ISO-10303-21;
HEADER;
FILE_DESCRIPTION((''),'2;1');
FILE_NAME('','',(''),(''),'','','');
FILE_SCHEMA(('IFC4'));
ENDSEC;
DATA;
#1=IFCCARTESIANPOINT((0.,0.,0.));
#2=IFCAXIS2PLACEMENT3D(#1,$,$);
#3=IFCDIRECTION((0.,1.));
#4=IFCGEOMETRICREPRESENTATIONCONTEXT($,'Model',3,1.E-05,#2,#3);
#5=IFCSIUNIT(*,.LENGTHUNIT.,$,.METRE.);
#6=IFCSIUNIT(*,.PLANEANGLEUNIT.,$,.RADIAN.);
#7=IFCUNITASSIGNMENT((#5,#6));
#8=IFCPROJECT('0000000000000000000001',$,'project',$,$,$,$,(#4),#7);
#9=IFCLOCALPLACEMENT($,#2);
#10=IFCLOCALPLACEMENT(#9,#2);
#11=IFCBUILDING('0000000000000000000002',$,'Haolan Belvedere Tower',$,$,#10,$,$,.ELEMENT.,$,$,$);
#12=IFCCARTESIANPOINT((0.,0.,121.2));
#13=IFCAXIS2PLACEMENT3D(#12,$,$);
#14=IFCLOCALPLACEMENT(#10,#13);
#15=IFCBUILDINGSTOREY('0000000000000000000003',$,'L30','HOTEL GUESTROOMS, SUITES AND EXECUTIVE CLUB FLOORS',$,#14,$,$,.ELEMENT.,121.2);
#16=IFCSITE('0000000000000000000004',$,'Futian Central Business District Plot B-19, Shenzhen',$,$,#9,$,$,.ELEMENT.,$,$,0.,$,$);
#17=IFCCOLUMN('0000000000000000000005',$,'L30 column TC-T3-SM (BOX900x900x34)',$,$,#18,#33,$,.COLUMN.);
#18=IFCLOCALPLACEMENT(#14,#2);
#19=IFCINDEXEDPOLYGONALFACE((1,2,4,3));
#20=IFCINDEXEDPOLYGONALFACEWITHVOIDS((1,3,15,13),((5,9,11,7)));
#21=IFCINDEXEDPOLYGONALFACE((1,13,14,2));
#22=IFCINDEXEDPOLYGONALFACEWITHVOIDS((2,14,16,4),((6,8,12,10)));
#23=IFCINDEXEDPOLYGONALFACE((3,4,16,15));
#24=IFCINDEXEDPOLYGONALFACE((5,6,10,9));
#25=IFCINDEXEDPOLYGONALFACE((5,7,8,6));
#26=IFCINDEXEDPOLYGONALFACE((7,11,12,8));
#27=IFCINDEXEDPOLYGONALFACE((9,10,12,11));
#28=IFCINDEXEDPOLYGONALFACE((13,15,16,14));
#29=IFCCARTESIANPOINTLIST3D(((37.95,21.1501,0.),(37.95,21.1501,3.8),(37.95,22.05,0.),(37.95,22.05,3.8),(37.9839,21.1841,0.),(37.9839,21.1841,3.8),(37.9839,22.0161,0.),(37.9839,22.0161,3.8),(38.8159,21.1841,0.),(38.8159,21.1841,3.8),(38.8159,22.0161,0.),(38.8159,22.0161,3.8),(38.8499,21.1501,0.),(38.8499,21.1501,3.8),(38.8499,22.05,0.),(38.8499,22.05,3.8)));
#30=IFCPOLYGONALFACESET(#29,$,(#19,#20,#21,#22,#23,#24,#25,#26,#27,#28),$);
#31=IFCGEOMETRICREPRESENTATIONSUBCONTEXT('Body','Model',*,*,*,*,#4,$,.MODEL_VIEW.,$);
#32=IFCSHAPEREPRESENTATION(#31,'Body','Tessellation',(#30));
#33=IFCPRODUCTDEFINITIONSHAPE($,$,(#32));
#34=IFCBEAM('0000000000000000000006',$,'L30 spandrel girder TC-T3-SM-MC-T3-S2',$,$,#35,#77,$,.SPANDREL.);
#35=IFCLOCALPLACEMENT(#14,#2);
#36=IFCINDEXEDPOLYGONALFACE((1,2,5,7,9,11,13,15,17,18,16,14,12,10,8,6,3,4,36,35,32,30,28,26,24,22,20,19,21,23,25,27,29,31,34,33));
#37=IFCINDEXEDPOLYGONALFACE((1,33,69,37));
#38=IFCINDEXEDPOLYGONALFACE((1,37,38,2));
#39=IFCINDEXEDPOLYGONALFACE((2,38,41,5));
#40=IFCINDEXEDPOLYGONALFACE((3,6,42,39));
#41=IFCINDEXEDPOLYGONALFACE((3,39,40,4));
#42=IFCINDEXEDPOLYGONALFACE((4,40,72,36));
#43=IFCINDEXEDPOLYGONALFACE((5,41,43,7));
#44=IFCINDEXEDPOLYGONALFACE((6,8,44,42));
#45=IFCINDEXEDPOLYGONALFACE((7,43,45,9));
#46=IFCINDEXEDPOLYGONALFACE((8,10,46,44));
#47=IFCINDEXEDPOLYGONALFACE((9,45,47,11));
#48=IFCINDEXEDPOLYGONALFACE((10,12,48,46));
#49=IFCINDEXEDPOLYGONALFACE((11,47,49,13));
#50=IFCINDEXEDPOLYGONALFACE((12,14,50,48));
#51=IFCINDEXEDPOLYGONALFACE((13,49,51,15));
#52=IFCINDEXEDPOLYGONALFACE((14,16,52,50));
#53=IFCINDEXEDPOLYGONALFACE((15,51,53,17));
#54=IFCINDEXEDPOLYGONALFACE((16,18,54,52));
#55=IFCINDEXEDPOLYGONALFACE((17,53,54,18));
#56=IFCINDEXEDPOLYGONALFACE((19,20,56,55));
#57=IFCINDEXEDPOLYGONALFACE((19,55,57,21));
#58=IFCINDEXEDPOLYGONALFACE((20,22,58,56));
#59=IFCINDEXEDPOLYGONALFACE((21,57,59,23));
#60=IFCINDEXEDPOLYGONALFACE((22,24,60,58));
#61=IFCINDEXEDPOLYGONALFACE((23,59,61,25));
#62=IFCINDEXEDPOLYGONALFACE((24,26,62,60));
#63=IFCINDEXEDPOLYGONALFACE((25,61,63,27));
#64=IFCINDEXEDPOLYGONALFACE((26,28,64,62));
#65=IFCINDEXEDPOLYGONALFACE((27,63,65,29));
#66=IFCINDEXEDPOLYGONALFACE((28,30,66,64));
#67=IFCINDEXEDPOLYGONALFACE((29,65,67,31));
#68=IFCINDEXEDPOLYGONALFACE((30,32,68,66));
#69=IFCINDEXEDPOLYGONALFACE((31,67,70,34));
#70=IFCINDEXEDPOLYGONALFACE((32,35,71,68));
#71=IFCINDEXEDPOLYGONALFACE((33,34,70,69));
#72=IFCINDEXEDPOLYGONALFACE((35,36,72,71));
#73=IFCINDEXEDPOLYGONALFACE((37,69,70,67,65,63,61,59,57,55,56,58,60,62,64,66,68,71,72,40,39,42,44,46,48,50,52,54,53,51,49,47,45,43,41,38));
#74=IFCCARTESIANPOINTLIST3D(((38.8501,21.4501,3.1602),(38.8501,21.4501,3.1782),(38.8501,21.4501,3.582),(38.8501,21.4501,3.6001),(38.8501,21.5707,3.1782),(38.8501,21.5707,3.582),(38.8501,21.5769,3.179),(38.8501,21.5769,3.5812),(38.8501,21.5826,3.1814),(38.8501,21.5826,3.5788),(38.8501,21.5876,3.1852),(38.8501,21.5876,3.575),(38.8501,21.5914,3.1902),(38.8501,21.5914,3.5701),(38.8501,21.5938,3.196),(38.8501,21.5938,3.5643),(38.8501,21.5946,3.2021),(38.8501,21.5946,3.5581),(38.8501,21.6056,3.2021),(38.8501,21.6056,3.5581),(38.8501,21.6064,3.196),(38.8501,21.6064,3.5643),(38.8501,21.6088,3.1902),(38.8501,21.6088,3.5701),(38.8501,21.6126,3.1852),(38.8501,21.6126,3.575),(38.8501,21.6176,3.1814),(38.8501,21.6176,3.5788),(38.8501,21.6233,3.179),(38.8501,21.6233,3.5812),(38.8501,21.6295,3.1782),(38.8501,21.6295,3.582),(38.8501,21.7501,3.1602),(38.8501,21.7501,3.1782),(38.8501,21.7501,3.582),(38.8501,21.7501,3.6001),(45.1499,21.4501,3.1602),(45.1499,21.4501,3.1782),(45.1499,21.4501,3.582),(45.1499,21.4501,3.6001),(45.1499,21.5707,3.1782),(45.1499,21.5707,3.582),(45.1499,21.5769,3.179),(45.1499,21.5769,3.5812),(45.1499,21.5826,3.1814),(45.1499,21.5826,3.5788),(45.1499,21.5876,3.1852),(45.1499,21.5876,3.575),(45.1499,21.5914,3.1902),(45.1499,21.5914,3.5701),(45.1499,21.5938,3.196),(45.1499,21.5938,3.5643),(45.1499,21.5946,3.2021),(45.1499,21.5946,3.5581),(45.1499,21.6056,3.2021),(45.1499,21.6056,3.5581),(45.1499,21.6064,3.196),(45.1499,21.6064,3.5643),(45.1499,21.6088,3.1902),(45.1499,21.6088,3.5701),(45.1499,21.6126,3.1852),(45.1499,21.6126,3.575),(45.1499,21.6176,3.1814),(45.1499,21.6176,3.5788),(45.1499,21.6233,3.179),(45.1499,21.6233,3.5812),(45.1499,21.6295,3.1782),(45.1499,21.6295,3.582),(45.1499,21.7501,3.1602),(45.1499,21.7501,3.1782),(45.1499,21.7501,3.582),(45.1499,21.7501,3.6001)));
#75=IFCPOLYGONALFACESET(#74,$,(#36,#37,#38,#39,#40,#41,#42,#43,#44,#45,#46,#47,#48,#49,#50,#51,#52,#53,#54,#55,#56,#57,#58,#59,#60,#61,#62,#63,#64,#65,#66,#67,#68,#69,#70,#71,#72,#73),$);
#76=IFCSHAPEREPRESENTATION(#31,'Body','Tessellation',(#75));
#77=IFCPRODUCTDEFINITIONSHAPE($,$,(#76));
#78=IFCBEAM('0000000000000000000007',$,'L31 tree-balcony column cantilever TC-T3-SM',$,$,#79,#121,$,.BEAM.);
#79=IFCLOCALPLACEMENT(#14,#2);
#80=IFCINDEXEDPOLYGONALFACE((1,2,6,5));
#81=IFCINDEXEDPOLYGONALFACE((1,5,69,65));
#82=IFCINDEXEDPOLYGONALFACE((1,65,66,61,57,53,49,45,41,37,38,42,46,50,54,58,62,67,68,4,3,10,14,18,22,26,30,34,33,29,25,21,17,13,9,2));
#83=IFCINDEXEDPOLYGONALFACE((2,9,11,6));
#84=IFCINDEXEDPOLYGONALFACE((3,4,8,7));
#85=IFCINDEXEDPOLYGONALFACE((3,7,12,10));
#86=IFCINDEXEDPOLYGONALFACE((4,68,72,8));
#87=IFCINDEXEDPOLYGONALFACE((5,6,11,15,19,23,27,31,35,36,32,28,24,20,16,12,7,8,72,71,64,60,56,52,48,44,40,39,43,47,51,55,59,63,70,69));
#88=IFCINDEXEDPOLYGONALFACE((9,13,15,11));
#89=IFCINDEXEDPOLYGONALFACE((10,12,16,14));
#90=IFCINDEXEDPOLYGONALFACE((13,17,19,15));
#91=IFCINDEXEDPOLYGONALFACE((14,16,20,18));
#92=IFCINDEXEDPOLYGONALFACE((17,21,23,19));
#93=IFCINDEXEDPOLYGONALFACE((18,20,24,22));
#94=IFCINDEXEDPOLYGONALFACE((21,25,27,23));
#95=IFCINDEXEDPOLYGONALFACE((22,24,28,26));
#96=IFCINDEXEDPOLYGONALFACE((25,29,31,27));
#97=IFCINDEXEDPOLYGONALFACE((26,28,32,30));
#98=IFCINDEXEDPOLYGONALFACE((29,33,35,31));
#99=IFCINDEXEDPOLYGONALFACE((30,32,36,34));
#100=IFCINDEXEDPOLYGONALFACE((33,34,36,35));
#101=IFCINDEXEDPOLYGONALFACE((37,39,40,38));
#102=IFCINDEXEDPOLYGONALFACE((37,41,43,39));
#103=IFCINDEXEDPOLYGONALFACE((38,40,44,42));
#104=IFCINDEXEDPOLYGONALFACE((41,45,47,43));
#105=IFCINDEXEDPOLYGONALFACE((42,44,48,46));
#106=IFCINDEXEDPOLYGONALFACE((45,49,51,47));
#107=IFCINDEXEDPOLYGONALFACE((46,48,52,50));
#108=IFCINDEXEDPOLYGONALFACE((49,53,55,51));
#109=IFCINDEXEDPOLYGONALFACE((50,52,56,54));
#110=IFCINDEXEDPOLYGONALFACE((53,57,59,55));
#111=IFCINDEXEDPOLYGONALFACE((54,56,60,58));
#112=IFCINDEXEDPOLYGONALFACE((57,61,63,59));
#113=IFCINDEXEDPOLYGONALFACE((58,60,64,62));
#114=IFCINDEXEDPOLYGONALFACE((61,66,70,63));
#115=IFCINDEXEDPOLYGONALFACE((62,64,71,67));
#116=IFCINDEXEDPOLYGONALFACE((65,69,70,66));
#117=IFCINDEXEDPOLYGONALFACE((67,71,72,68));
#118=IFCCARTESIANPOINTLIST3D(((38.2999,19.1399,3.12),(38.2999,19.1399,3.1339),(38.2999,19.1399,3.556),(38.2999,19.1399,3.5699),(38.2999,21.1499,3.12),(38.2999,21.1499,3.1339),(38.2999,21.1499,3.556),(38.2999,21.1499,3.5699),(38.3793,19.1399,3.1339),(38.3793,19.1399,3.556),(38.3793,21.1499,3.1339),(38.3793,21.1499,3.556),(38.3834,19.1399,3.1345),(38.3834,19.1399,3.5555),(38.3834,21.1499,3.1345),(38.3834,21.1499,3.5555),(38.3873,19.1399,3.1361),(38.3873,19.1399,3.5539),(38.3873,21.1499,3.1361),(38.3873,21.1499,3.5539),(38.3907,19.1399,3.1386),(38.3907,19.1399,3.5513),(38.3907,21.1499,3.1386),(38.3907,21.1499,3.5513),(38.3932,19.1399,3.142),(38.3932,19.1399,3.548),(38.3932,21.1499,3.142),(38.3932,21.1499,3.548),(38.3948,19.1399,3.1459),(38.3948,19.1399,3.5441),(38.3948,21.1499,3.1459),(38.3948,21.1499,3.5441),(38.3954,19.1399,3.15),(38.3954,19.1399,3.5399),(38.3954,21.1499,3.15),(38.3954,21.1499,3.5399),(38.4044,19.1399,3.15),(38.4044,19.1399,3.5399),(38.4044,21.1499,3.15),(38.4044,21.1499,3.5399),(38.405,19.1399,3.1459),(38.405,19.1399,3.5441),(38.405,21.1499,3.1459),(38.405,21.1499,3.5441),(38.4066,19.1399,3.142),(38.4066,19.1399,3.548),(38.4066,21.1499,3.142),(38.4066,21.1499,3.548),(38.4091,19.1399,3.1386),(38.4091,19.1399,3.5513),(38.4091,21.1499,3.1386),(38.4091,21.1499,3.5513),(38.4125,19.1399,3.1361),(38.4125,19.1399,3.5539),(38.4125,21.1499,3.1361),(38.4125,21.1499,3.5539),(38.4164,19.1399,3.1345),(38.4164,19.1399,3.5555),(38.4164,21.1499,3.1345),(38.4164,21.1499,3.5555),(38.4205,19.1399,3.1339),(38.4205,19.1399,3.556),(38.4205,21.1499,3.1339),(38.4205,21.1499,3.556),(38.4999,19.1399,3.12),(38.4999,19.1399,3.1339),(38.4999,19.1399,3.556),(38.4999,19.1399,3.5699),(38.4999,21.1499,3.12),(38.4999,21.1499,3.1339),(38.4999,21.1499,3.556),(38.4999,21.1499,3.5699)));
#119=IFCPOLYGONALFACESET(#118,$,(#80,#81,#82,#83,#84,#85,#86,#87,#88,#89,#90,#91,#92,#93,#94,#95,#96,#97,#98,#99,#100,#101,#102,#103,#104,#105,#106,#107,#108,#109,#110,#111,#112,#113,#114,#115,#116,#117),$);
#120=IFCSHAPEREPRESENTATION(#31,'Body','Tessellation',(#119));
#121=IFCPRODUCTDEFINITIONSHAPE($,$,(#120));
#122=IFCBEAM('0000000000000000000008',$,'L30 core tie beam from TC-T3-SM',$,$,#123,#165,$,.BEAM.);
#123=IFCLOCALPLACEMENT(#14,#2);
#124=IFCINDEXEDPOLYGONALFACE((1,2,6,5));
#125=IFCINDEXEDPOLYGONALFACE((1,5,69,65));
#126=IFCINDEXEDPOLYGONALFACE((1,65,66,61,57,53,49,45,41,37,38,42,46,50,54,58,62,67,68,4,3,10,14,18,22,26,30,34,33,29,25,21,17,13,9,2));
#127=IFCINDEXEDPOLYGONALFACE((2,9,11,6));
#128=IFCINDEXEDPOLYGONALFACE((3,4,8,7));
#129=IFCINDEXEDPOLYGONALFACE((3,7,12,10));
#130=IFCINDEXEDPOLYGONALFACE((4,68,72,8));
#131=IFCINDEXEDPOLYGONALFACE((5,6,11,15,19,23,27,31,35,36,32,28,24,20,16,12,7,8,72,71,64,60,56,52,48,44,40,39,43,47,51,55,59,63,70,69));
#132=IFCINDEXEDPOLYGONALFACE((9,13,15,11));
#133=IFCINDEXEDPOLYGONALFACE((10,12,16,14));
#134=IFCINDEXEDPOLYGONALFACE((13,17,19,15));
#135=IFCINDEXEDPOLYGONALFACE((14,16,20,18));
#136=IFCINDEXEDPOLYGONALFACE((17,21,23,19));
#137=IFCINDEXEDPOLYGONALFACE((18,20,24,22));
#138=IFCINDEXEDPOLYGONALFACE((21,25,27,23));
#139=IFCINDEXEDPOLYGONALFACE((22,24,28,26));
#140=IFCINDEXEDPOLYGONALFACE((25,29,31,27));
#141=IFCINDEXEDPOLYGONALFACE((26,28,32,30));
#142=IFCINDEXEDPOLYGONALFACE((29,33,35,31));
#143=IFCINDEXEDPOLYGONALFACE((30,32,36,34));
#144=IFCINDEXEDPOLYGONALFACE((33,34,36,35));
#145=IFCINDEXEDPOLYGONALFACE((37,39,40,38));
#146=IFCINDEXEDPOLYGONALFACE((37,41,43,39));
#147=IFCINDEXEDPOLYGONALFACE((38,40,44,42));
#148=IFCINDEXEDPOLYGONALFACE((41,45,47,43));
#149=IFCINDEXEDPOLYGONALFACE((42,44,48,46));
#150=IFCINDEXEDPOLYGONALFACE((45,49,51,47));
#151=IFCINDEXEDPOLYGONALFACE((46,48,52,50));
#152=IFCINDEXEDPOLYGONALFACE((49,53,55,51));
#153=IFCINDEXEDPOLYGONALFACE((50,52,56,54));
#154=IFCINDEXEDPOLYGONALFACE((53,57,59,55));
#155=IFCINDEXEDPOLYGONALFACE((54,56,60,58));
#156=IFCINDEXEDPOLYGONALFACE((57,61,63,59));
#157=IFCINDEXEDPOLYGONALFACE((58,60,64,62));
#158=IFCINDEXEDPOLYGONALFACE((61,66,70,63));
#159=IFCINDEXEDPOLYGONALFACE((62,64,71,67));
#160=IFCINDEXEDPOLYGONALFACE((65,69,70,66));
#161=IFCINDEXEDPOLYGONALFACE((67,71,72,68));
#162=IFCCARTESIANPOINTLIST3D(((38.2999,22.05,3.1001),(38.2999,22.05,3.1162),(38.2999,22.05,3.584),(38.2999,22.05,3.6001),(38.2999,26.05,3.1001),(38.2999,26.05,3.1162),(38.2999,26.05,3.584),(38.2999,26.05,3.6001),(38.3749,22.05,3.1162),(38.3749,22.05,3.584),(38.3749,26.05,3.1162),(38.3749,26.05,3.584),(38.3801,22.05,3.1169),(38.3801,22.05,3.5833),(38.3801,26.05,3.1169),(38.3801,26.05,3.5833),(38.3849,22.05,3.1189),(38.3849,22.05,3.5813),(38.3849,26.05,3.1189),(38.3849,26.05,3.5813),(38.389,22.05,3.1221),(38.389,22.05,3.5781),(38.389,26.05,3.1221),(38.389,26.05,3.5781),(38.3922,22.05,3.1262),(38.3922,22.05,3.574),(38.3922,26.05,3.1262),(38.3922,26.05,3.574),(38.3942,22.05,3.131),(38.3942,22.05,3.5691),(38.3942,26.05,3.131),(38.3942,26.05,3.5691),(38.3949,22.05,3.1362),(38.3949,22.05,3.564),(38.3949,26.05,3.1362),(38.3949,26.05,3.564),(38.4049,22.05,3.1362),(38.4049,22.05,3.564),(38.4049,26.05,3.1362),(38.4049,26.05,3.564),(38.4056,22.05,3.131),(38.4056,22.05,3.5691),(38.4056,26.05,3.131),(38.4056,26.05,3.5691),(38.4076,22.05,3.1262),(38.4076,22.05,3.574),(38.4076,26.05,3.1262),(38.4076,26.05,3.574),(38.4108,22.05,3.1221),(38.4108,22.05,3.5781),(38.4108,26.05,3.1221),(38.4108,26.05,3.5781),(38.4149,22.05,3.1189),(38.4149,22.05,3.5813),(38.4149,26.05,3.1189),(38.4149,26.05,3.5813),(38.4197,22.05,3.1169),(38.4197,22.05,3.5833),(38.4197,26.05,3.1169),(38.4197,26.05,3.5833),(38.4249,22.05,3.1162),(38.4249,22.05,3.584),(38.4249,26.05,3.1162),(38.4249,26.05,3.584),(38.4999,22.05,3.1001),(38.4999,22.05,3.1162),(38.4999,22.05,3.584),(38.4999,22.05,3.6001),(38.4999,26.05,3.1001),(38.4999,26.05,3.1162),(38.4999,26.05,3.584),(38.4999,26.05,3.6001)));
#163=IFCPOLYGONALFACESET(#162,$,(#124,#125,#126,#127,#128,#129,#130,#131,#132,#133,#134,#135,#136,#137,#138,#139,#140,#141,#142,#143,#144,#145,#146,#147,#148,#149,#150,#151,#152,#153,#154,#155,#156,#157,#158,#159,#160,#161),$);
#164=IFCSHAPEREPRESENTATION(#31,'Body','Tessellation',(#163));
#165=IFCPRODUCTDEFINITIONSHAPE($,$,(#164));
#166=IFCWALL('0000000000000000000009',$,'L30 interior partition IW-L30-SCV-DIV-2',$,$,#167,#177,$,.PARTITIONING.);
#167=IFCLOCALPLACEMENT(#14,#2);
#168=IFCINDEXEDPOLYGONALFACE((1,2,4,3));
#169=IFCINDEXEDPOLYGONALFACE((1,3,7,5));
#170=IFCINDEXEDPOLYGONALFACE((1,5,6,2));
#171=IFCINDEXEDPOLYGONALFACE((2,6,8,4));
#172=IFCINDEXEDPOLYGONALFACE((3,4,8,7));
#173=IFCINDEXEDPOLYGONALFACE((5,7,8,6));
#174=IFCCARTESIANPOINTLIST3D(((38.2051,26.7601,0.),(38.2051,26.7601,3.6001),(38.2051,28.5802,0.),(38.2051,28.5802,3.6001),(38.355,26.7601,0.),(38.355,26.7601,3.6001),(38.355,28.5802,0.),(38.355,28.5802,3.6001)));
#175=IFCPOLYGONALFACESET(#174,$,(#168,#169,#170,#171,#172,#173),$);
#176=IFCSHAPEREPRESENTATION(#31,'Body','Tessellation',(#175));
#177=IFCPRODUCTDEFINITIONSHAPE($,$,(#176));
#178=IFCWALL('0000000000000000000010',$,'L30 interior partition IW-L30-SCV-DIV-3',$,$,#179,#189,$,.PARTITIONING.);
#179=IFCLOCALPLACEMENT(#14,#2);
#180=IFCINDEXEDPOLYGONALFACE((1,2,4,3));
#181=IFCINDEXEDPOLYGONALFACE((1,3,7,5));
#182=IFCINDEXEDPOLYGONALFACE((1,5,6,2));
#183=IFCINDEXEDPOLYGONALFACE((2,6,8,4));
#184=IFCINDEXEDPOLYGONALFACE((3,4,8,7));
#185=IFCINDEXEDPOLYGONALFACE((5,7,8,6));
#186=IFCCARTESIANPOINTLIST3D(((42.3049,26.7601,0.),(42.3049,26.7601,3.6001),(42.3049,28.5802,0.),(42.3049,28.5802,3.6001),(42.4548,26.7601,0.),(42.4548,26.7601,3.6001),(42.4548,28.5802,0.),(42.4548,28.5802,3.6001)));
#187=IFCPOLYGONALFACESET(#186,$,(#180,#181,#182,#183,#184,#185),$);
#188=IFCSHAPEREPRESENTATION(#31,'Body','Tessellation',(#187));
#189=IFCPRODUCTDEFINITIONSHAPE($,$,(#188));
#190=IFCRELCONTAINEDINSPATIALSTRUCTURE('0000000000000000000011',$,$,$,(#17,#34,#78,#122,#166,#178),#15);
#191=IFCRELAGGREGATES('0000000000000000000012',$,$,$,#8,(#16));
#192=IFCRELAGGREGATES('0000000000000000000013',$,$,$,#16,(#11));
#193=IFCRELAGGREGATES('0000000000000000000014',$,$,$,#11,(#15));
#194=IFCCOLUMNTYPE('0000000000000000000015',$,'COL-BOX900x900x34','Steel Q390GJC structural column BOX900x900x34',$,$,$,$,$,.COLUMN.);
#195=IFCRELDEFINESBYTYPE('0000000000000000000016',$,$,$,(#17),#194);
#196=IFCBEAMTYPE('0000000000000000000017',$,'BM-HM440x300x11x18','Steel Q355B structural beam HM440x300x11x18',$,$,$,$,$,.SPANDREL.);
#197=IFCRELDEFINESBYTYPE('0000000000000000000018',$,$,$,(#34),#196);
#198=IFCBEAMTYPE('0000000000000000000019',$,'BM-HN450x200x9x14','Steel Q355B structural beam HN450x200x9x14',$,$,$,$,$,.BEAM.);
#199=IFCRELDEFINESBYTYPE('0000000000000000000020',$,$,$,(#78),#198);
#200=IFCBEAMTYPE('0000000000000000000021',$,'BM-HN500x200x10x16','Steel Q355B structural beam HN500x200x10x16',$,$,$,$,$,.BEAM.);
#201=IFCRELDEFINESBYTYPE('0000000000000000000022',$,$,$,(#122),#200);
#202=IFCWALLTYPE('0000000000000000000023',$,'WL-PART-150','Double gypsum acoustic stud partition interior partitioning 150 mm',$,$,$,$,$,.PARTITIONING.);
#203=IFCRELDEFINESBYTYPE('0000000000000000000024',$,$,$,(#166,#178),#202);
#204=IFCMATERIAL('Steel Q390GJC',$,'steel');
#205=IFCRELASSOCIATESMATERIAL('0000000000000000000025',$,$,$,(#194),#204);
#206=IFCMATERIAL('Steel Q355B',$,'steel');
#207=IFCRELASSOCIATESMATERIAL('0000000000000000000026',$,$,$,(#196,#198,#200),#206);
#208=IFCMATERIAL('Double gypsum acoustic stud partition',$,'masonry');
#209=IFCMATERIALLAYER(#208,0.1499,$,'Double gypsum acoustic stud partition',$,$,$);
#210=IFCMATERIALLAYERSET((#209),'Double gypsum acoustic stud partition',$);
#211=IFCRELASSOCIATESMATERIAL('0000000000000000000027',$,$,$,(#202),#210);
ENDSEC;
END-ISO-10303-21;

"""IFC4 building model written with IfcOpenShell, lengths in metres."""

from ifc_helpers import new_model, si_unit, direction, frame, frame_2d, origin, origin_2d, place, context, subcontext, project, spatial, rectangle, hollow_rectangle, i_section, extrude, material, layer, layer_set, material_profile, profile_set, type_object, element, save


model = new_model("IFC4")

# Units and contexts
model_context = context("Model", 3, precision=1e-05, world=origin(), true_north=direction((0.0, 1.0)))
body_context = subcontext(model_context, "Body", "Model", "MODEL_VIEW")
ifc_project = project(units=[si_unit("LENGTHUNIT", "METRE"), si_unit("PLANEANGLEUNIT", "RADIAN")], contexts=[model_context])

# Site, building, storey
site_placement = place(None, origin())
site = spatial("IfcSite", under=ifc_project, at=site_placement, Name="Futian Central Business District Plot B-19, Shenzhen", CompositionType="ELEMENT", RefElevation=0.0)
building_placement = place(site_placement, origin())
building = spatial("IfcBuilding", under=site, at=building_placement, Name="Haolan Belvedere Tower", CompositionType="ELEMENT")
storey_placement = place(building_placement, frame((0.0, 0.0, 121.2)))
storey = spatial("IfcBuildingStorey", under=building, at=storey_placement, Name="L30", Description="HOTEL GUESTROOMS, SUITES AND EXECUTIVE CLUB FLOORS", CompositionType="ELEMENT", Elevation=121.2)

# Column
ifc_material_1 = material(Name="Steel Q390GJC", Category="steel")
ifc_material_profile_1 = material_profile(ifc_material_1, hollow_rectangle(XDim=0.8999, YDim=0.8999, WallThickness=0.0339, at=origin_2d()), Name="Steel Q390GJC")
ifc_profile_set_1 = profile_set([ifc_material_profile_1], Name="Steel Q390GJC")
column_type = type_object("IfcColumnType", Name="COL-BOX900x900x34", Description="Steel Q390GJC structural column BOX900x900x34", PredefinedType="COLUMN", material=ifc_profile_set_1)
column_placement = place(storey_placement, frame((38.3999, 21.6001, 0.0), z_axis=(0.0, 0.0, 1.0), x_axis=(1.0, 0.0, 0.0)))
element("IfcColumn", 1, at=column_placement, inside=storey, type_object=column_type, Name="L30 column TC-T3-SM (BOX900x900x34)", PredefinedType="COLUMN", context=body_context, shape_type="SweptSolid", body=[
    extrude(hollow_rectangle(XDim=0.8999, YDim=0.8999, WallThickness=0.0339, at=origin_2d()), origin(), (0.0, 0.0, 1.0), 3.8),
])

# Beams
ifc_material_2 = material(Name="Steel Q355B", Category="steel")
ifc_material_profile_2 = material_profile(ifc_material_2, i_section(OverallWidth=0.3, OverallDepth=0.4399, WebThickness=0.011, FlangeThickness=0.0181, FilletRadius=0.0239, at=origin_2d()), Name="Steel Q355B")
ifc_profile_set_2 = profile_set([ifc_material_profile_2], Name="Steel Q355B")
beam_type_1 = type_object("IfcBeamType", Name="BM-HM440x300x11x18", Description="Steel Q355B structural beam HM440x300x11x18", PredefinedType="SPANDREL", material=ifc_profile_set_2)
beam_1_placement = place(storey_placement, frame((38.8501, 21.6001, 3.3801), z_axis=(1.0, 0.0, 0.0), x_axis=(0.0, 1.0, 0.0)))
element("IfcBeam", 2, at=beam_1_placement, inside=storey, type_object=beam_type_1, Name="L30 spandrel girder TC-T3-SM-MC-T3-S2", PredefinedType="SPANDREL", context=body_context, shape_type="SweptSolid", body=[
    extrude(i_section(OverallWidth=0.3, OverallDepth=0.4399, WebThickness=0.011, FlangeThickness=0.0181, FilletRadius=0.0239, at=origin_2d()), origin(), (0.0, 0.0, 1.0), 6.2998),
])
ifc_material_profile_3 = material_profile(ifc_material_2, i_section(OverallWidth=0.2, OverallDepth=0.45, WebThickness=0.009, FlangeThickness=0.0139, FilletRadius=0.0161, at=origin_2d()), Name="Steel Q355B")
ifc_profile_set_3 = profile_set([ifc_material_profile_3], Name="Steel Q355B")
beam_type_2 = type_object("IfcBeamType", Name="BM-HN450x200x9x14", Description="Steel Q355B structural beam HN450x200x9x14", PredefinedType="BEAM", material=ifc_profile_set_3)
beam_2_placement = place(storey_placement, frame((38.3999, 21.1499, 3.345), z_axis=(0.0, -1.0, 0.0), x_axis=(1.0, 0.0, 0.0)))
element("IfcBeam", 3, at=beam_2_placement, inside=storey, type_object=beam_type_2, Name="L31 tree-balcony column cantilever TC-T3-SM", PredefinedType="BEAM", context=body_context, shape_type="SweptSolid", body=[
    extrude(i_section(OverallWidth=0.2, OverallDepth=0.45, WebThickness=0.009, FlangeThickness=0.0139, FilletRadius=0.0161, at=origin_2d()), origin(), (0.0, 0.0, 1.0), 2.01),
])
ifc_material_profile_4 = material_profile(ifc_material_2, i_section(OverallWidth=0.2, OverallDepth=0.5, WebThickness=0.01, FlangeThickness=0.0161, FilletRadius=0.02, at=origin_2d()), Name="Steel Q355B")
ifc_profile_set_4 = profile_set([ifc_material_profile_4], Name="Steel Q355B")
beam_type_3 = type_object("IfcBeamType", Name="BM-HN500x200x10x16", Description="Steel Q355B structural beam HN500x200x10x16", PredefinedType="BEAM", material=ifc_profile_set_4)
beam_3_placement = place(storey_placement, frame((38.3999, 22.05, 3.3501), z_axis=(0.0, 1.0, 0.0), x_axis=(-1.0, 0.0, 0.0)))
element("IfcBeam", 4, at=beam_3_placement, inside=storey, type_object=beam_type_3, Name="L30 core tie beam from TC-T3-SM", PredefinedType="BEAM", context=body_context, shape_type="SweptSolid", body=[
    extrude(i_section(OverallWidth=0.2, OverallDepth=0.5, WebThickness=0.01, FlangeThickness=0.0161, FilletRadius=0.02, at=origin_2d()), origin(), (0.0, 0.0, 1.0), 4.0),
])

# Walls
ifc_material_3 = material(Name="Double gypsum acoustic stud partition", Category="masonry")
ifc_layer_1 = layer(ifc_material_3, 0.1499, Name="Double gypsum acoustic stud partition")
ifc_layer_set_1 = layer_set([ifc_layer_1], Name="Double gypsum acoustic stud partition")
wall_type_1 = type_object("IfcWallType", Name="WL-PART-150", Description="Double gypsum acoustic stud partition interior partitioning 150 mm", PredefinedType="PARTITIONING", material=ifc_layer_set_1)
for number, where, z_axis, x_axis, name in (
    (5, (38.28, 26.76, 0.0), (0.0, 0.0, 1.0), (0.0, 1.0, 0.0), "L30 interior partition IW-L30-SCV-DIV-2"),
    (6, (42.3799, 26.76, 0.0), (0.0, 0.0, 1.0), (0.0, 1.0, 0.0), "L30 interior partition IW-L30-SCV-DIV-3"),
):
    element("IfcWall", number, at=place(storey_placement, frame(where, z_axis=z_axis, x_axis=x_axis)), inside=storey, type_object=wall_type_1, Name=name, PredefinedType="PARTITIONING", context=body_context, shape_type="SweptSolid", body=[
        extrude(rectangle(XDim=1.8201, YDim=0.1499, at=frame_2d((0.9102, 0.0))), origin(), (0.0, 0.0, 1.0), 3.6001),
    ])

save(model, "model.ifc")
